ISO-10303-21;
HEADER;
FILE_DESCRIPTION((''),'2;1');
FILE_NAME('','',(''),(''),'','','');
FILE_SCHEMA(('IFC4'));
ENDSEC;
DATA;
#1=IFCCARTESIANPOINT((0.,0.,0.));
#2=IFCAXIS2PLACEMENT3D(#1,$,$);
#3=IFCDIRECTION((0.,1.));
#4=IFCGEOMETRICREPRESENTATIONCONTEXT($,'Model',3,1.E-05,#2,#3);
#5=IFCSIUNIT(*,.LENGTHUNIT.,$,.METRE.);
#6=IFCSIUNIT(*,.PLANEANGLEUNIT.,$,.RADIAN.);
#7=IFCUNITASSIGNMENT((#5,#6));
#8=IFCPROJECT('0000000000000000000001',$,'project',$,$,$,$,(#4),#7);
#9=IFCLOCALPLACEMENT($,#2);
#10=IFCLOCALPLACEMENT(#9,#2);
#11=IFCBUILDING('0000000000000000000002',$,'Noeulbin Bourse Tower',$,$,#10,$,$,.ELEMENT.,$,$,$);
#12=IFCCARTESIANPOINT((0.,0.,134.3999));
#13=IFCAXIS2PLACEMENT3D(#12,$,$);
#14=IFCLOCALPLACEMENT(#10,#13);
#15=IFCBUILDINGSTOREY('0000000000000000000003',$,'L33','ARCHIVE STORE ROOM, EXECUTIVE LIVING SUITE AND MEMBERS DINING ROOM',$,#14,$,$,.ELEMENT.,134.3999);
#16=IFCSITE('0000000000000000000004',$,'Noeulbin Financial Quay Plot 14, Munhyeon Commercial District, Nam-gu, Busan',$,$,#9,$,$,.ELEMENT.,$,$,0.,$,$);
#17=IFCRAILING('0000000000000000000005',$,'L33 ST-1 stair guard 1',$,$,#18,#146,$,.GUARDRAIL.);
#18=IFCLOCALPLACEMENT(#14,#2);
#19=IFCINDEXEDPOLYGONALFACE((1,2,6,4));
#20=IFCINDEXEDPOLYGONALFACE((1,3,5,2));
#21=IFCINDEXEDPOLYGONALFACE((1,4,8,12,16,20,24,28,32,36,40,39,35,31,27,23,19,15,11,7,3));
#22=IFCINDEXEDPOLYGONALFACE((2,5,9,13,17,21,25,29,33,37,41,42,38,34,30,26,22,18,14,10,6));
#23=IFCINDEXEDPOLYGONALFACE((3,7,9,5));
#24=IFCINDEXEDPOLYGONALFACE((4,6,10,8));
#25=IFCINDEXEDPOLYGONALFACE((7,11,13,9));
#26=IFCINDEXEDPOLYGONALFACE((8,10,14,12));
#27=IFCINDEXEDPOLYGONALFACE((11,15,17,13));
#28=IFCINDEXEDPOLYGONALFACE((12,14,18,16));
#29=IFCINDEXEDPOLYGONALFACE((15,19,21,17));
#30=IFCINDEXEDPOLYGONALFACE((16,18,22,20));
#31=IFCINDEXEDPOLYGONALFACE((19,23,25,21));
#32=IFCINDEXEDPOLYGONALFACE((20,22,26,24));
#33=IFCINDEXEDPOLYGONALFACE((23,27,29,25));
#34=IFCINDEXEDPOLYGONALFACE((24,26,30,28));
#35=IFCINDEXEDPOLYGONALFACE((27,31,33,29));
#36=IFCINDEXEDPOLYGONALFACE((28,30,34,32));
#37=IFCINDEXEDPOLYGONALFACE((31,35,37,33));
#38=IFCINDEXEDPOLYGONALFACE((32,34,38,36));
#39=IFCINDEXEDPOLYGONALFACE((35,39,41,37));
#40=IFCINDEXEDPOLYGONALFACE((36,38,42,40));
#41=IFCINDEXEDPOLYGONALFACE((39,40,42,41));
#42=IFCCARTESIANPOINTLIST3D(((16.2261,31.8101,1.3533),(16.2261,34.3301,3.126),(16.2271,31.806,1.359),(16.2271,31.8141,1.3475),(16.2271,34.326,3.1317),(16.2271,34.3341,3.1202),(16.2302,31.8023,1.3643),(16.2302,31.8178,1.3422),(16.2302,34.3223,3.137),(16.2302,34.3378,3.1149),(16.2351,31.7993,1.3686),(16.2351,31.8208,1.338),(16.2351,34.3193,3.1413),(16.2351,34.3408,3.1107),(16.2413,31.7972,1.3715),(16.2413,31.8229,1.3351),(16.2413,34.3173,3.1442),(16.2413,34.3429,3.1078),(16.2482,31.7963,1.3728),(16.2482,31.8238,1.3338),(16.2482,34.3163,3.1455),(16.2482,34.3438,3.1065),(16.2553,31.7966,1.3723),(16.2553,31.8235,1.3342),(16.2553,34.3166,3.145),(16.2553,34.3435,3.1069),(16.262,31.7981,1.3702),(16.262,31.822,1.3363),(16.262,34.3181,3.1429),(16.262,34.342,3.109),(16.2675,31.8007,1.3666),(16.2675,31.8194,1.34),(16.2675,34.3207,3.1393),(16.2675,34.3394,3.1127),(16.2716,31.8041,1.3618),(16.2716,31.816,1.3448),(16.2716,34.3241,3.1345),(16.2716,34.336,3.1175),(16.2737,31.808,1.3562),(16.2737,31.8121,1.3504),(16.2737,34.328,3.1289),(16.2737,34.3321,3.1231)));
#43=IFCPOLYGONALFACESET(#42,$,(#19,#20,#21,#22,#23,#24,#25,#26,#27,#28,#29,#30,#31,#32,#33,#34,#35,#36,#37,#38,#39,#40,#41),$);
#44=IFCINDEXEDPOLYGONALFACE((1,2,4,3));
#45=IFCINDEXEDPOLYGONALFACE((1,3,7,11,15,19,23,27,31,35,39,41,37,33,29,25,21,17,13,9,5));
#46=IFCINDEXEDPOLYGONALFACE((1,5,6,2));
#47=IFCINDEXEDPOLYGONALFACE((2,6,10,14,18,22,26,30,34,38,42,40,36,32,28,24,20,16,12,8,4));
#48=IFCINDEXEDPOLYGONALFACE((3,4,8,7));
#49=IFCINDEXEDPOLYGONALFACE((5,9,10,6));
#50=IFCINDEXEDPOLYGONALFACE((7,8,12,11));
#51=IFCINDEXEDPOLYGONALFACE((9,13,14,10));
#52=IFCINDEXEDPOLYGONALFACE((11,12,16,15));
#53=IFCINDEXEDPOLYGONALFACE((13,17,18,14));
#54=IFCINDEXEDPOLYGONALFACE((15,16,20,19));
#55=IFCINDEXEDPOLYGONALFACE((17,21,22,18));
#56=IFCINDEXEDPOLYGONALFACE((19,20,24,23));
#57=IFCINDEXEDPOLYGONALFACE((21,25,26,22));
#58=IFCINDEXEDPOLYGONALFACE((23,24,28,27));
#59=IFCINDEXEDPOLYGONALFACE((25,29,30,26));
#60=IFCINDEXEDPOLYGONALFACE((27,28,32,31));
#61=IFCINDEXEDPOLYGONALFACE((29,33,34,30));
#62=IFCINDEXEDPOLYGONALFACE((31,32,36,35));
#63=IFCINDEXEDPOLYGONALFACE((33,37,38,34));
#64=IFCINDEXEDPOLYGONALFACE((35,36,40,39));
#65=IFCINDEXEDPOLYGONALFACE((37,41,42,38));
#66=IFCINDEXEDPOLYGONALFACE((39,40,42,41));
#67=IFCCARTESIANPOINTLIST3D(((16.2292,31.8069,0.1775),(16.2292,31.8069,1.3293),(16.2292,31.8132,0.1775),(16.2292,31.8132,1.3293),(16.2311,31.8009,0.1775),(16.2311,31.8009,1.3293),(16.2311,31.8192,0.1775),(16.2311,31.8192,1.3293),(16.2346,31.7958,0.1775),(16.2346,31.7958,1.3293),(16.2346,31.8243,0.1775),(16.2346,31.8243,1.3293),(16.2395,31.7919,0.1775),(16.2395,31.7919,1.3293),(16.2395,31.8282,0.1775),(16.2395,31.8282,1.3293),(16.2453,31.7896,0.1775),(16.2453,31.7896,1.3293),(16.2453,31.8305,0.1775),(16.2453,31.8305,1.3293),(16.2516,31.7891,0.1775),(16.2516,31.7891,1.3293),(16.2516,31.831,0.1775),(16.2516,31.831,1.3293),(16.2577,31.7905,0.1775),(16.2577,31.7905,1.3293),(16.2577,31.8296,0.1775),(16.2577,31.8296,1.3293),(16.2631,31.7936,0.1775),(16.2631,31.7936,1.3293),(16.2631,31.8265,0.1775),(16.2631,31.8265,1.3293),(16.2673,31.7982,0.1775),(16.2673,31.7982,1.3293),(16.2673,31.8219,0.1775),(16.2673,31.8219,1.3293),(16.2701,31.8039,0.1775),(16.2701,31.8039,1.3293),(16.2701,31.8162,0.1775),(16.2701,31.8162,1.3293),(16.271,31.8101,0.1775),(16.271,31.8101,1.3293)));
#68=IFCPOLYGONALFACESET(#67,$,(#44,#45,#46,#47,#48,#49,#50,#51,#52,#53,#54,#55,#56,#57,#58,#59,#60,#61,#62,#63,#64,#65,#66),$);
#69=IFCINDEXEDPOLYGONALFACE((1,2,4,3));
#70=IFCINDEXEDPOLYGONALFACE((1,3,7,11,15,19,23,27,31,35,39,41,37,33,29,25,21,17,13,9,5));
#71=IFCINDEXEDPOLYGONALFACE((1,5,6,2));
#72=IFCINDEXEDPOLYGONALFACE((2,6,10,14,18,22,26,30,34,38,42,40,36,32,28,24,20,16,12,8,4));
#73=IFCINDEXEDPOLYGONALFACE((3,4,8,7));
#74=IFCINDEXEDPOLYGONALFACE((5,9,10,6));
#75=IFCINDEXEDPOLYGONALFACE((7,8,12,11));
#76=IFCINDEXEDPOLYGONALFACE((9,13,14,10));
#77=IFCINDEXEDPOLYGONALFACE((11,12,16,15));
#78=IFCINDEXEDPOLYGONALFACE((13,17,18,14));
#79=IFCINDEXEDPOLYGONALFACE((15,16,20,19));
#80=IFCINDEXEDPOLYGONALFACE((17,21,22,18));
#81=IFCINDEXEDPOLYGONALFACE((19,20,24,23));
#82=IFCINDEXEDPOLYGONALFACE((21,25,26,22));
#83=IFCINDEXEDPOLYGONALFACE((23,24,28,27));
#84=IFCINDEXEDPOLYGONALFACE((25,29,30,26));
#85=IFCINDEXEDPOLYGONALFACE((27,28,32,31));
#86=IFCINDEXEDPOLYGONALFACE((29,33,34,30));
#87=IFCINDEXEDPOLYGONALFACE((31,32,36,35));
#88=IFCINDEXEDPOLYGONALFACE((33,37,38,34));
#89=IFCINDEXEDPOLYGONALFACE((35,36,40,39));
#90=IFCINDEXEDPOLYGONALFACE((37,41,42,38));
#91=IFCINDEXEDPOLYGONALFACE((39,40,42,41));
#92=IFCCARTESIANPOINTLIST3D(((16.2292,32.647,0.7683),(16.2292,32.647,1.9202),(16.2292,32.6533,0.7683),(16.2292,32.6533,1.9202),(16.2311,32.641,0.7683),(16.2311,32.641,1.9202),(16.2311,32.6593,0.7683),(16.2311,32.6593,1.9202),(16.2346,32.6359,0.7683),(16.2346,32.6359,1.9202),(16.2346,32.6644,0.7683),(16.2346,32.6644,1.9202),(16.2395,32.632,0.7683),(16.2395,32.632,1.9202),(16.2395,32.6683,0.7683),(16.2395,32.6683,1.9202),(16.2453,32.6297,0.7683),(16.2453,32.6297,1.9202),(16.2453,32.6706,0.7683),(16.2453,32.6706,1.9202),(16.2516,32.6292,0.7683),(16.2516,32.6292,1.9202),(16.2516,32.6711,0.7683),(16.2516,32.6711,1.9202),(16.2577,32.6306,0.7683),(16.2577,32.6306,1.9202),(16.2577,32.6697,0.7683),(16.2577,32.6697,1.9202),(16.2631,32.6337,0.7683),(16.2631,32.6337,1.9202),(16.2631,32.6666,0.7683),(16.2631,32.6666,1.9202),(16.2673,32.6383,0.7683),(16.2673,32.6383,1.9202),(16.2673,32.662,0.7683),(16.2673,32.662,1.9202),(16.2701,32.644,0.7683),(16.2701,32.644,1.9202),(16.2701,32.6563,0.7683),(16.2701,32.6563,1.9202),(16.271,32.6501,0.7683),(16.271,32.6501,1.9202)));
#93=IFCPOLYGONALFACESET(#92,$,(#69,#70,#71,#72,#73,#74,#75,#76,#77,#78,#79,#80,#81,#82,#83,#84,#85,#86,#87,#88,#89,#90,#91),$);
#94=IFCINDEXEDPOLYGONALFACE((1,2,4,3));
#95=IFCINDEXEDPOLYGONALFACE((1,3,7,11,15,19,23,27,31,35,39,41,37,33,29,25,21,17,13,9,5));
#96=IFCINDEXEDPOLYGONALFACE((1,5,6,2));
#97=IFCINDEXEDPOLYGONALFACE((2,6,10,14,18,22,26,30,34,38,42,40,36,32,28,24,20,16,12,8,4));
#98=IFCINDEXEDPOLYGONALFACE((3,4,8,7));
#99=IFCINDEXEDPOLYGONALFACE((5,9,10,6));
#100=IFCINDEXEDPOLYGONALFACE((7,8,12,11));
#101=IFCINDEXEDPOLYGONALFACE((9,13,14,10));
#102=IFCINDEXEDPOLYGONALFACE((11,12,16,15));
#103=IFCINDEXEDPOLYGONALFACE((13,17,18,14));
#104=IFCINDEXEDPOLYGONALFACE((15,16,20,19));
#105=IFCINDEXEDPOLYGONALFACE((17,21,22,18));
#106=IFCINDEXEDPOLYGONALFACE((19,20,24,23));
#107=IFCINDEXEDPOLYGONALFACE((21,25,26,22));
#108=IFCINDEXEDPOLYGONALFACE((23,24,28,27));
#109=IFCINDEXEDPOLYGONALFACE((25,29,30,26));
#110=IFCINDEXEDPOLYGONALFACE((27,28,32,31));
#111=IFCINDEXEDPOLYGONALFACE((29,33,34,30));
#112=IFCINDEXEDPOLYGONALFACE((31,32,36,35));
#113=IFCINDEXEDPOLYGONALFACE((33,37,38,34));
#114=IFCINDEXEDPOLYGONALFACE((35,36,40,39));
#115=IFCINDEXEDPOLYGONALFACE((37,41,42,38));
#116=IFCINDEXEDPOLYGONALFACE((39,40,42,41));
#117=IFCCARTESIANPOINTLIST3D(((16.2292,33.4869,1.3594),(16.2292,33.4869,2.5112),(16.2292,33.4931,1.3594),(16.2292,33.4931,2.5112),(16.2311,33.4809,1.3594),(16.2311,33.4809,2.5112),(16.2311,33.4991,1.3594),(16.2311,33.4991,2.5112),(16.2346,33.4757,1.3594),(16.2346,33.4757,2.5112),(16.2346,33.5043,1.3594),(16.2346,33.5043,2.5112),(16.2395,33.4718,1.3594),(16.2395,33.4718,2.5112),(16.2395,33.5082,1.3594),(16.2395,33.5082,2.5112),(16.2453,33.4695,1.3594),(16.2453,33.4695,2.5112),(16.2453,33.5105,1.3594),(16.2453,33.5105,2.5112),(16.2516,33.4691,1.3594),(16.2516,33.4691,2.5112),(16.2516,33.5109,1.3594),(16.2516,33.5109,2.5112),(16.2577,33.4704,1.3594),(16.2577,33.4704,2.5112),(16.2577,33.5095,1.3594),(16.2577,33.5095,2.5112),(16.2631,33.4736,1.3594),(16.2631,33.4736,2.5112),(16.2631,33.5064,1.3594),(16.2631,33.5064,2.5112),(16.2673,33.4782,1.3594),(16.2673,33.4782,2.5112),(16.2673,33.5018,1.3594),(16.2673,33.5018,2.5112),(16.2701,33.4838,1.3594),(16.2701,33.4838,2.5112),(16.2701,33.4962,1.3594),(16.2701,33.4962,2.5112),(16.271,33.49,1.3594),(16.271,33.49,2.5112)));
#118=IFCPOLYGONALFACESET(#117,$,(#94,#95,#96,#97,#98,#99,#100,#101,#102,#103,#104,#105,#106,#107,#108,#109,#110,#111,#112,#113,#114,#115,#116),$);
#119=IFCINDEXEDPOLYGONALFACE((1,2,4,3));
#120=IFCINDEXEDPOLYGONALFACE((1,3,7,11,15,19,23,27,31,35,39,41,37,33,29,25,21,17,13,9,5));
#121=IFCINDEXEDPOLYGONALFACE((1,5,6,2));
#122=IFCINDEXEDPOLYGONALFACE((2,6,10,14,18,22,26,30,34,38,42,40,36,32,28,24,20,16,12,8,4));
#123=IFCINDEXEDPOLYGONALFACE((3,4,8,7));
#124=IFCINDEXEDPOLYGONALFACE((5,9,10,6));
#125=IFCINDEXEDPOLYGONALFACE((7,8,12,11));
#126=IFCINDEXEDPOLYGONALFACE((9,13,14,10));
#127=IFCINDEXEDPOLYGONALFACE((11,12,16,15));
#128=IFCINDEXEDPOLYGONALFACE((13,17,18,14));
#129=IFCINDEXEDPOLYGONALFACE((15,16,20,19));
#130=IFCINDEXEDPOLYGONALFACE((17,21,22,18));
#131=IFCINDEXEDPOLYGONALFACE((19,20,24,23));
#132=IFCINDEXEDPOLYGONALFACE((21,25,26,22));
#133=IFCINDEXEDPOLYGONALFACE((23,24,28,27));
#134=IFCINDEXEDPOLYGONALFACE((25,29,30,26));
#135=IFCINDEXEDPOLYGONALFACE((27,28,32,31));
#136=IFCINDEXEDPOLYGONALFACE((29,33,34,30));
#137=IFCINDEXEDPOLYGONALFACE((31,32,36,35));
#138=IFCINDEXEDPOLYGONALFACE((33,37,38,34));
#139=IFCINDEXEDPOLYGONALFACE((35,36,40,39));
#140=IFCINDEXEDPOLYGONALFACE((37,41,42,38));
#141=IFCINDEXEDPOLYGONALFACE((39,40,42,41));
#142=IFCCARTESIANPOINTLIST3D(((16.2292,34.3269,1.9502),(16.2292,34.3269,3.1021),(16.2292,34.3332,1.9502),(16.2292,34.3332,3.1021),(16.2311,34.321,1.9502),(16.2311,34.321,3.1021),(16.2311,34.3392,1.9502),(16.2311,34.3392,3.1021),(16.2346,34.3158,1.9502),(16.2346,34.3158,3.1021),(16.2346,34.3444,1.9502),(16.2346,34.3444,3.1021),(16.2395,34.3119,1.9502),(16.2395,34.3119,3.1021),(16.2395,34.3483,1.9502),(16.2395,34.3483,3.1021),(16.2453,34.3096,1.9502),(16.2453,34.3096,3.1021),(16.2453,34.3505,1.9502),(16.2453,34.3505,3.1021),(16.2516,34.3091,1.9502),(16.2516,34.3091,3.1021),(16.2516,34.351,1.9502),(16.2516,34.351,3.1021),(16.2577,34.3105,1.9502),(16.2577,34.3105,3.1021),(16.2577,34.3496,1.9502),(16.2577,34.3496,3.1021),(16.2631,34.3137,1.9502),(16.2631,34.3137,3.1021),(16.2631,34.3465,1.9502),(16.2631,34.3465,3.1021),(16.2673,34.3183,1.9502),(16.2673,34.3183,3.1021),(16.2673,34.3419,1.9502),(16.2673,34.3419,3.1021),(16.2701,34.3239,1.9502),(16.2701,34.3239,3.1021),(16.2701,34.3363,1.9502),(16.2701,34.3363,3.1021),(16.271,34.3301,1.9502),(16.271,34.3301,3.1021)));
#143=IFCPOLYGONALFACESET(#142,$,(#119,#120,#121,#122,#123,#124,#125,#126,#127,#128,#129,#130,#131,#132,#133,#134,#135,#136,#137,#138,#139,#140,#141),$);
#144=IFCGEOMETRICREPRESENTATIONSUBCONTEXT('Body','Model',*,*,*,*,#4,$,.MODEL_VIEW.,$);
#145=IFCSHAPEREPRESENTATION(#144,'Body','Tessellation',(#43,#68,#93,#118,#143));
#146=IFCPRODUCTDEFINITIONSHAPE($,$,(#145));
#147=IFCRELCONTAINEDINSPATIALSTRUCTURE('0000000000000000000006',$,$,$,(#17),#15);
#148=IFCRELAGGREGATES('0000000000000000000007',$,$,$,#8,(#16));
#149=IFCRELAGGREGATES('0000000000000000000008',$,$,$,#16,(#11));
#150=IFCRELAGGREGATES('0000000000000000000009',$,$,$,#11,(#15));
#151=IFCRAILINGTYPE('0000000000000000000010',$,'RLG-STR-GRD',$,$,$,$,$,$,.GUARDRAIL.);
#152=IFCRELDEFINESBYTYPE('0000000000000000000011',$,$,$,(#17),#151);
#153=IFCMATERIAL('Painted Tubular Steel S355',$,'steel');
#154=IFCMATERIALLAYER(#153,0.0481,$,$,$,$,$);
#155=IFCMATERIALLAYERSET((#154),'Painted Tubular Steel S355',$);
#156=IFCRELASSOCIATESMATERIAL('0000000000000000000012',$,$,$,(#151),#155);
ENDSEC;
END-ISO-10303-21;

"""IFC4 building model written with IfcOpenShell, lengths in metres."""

from ifc_helpers import new_model, si_unit, direction, frame, origin, origin_2d, place, context, subcontext, project, spatial, circle, extrude, material, layer, layer_set, type_object, element, save


model = new_model("IFC4")

# Units and contexts
model_context = context("Model", 3, precision=1e-05, world=origin(), true_north=direction((0.0, 1.0)))
body_context = subcontext(model_context, "Body", "Model", "MODEL_VIEW")
ifc_project = project(units=[si_unit("LENGTHUNIT", "METRE"), si_unit("PLANEANGLEUNIT", "RADIAN")], contexts=[model_context])

# Site, building, storey
site_placement = place(None, origin())
site = spatial("IfcSite", under=ifc_project, at=site_placement, Name="Noeulbin Financial Quay Plot 14, Munhyeon Commercial District, Nam-gu, Busan", CompositionType="ELEMENT", RefElevation=0.0)
building_placement = place(site_placement, origin())
building = spatial("IfcBuilding", under=site, at=building_placement, Name="Noeulbin Bourse Tower", CompositionType="ELEMENT")
storey_placement = place(building_placement, frame((0.0, 0.0, 134.3999)))
storey = spatial("IfcBuildingStorey", under=building, at=storey_placement, Name="L33", Description="ARCHIVE STORE ROOM, EXECUTIVE LIVING SUITE AND MEMBERS DINING ROOM", CompositionType="ELEMENT", Elevation=134.3999)

# Railing
ifc_material_1 = material(Name="Painted Tubular Steel S355", Category="steel")
ifc_layer_1 = layer(ifc_material_1, 0.0481)
ifc_layer_set_1 = layer_set([ifc_layer_1], Name="Painted Tubular Steel S355")
railing_type_1 = type_object("IfcRailingType", Name="RLG-STR-GRD", PredefinedType="GUARDRAIL", material=ifc_layer_set_1)
railing_1_placement = place(storey_placement, frame((16.25, 31.8101, 0.1775)))
element("IfcRailing", 1, at=railing_1_placement, inside=storey, type_object=railing_type_1, Name="L33 ST-1 stair guard 1", PredefinedType="GUARDRAIL", context=body_context, shape_type="SweptSolid", body=[
    extrude(circle(Radius=0.0239, at=origin_2d()), frame((0.0, 0.0, 1.1758), z_axis=(0.0, 0.817904, 0.575354), x_axis=(-1.0, 0.0, 0.0)), (0.0, 0.0, 1.0), 3.0811),
    extrude(circle(Radius=0.021, at=origin_2d()), origin(), (0.0, 0.0, 1.0), 1.1519),
    extrude(circle(Radius=0.021, at=origin_2d()), frame((0.0, 0.8401, 0.5908)), (0.0, 0.0, 1.0), 1.1519),
    extrude(circle(Radius=0.021, at=origin_2d()), frame((0.0, 1.6799, 1.1819)), (0.0, 0.0, 1.0), 1.1519),
    extrude(circle(Radius=0.021, at=origin_2d()), frame((0.0, 2.52, 1.7727)), (0.0, 0.0, 1.0), 1.1519),
])

save(model, "model.ifc")
